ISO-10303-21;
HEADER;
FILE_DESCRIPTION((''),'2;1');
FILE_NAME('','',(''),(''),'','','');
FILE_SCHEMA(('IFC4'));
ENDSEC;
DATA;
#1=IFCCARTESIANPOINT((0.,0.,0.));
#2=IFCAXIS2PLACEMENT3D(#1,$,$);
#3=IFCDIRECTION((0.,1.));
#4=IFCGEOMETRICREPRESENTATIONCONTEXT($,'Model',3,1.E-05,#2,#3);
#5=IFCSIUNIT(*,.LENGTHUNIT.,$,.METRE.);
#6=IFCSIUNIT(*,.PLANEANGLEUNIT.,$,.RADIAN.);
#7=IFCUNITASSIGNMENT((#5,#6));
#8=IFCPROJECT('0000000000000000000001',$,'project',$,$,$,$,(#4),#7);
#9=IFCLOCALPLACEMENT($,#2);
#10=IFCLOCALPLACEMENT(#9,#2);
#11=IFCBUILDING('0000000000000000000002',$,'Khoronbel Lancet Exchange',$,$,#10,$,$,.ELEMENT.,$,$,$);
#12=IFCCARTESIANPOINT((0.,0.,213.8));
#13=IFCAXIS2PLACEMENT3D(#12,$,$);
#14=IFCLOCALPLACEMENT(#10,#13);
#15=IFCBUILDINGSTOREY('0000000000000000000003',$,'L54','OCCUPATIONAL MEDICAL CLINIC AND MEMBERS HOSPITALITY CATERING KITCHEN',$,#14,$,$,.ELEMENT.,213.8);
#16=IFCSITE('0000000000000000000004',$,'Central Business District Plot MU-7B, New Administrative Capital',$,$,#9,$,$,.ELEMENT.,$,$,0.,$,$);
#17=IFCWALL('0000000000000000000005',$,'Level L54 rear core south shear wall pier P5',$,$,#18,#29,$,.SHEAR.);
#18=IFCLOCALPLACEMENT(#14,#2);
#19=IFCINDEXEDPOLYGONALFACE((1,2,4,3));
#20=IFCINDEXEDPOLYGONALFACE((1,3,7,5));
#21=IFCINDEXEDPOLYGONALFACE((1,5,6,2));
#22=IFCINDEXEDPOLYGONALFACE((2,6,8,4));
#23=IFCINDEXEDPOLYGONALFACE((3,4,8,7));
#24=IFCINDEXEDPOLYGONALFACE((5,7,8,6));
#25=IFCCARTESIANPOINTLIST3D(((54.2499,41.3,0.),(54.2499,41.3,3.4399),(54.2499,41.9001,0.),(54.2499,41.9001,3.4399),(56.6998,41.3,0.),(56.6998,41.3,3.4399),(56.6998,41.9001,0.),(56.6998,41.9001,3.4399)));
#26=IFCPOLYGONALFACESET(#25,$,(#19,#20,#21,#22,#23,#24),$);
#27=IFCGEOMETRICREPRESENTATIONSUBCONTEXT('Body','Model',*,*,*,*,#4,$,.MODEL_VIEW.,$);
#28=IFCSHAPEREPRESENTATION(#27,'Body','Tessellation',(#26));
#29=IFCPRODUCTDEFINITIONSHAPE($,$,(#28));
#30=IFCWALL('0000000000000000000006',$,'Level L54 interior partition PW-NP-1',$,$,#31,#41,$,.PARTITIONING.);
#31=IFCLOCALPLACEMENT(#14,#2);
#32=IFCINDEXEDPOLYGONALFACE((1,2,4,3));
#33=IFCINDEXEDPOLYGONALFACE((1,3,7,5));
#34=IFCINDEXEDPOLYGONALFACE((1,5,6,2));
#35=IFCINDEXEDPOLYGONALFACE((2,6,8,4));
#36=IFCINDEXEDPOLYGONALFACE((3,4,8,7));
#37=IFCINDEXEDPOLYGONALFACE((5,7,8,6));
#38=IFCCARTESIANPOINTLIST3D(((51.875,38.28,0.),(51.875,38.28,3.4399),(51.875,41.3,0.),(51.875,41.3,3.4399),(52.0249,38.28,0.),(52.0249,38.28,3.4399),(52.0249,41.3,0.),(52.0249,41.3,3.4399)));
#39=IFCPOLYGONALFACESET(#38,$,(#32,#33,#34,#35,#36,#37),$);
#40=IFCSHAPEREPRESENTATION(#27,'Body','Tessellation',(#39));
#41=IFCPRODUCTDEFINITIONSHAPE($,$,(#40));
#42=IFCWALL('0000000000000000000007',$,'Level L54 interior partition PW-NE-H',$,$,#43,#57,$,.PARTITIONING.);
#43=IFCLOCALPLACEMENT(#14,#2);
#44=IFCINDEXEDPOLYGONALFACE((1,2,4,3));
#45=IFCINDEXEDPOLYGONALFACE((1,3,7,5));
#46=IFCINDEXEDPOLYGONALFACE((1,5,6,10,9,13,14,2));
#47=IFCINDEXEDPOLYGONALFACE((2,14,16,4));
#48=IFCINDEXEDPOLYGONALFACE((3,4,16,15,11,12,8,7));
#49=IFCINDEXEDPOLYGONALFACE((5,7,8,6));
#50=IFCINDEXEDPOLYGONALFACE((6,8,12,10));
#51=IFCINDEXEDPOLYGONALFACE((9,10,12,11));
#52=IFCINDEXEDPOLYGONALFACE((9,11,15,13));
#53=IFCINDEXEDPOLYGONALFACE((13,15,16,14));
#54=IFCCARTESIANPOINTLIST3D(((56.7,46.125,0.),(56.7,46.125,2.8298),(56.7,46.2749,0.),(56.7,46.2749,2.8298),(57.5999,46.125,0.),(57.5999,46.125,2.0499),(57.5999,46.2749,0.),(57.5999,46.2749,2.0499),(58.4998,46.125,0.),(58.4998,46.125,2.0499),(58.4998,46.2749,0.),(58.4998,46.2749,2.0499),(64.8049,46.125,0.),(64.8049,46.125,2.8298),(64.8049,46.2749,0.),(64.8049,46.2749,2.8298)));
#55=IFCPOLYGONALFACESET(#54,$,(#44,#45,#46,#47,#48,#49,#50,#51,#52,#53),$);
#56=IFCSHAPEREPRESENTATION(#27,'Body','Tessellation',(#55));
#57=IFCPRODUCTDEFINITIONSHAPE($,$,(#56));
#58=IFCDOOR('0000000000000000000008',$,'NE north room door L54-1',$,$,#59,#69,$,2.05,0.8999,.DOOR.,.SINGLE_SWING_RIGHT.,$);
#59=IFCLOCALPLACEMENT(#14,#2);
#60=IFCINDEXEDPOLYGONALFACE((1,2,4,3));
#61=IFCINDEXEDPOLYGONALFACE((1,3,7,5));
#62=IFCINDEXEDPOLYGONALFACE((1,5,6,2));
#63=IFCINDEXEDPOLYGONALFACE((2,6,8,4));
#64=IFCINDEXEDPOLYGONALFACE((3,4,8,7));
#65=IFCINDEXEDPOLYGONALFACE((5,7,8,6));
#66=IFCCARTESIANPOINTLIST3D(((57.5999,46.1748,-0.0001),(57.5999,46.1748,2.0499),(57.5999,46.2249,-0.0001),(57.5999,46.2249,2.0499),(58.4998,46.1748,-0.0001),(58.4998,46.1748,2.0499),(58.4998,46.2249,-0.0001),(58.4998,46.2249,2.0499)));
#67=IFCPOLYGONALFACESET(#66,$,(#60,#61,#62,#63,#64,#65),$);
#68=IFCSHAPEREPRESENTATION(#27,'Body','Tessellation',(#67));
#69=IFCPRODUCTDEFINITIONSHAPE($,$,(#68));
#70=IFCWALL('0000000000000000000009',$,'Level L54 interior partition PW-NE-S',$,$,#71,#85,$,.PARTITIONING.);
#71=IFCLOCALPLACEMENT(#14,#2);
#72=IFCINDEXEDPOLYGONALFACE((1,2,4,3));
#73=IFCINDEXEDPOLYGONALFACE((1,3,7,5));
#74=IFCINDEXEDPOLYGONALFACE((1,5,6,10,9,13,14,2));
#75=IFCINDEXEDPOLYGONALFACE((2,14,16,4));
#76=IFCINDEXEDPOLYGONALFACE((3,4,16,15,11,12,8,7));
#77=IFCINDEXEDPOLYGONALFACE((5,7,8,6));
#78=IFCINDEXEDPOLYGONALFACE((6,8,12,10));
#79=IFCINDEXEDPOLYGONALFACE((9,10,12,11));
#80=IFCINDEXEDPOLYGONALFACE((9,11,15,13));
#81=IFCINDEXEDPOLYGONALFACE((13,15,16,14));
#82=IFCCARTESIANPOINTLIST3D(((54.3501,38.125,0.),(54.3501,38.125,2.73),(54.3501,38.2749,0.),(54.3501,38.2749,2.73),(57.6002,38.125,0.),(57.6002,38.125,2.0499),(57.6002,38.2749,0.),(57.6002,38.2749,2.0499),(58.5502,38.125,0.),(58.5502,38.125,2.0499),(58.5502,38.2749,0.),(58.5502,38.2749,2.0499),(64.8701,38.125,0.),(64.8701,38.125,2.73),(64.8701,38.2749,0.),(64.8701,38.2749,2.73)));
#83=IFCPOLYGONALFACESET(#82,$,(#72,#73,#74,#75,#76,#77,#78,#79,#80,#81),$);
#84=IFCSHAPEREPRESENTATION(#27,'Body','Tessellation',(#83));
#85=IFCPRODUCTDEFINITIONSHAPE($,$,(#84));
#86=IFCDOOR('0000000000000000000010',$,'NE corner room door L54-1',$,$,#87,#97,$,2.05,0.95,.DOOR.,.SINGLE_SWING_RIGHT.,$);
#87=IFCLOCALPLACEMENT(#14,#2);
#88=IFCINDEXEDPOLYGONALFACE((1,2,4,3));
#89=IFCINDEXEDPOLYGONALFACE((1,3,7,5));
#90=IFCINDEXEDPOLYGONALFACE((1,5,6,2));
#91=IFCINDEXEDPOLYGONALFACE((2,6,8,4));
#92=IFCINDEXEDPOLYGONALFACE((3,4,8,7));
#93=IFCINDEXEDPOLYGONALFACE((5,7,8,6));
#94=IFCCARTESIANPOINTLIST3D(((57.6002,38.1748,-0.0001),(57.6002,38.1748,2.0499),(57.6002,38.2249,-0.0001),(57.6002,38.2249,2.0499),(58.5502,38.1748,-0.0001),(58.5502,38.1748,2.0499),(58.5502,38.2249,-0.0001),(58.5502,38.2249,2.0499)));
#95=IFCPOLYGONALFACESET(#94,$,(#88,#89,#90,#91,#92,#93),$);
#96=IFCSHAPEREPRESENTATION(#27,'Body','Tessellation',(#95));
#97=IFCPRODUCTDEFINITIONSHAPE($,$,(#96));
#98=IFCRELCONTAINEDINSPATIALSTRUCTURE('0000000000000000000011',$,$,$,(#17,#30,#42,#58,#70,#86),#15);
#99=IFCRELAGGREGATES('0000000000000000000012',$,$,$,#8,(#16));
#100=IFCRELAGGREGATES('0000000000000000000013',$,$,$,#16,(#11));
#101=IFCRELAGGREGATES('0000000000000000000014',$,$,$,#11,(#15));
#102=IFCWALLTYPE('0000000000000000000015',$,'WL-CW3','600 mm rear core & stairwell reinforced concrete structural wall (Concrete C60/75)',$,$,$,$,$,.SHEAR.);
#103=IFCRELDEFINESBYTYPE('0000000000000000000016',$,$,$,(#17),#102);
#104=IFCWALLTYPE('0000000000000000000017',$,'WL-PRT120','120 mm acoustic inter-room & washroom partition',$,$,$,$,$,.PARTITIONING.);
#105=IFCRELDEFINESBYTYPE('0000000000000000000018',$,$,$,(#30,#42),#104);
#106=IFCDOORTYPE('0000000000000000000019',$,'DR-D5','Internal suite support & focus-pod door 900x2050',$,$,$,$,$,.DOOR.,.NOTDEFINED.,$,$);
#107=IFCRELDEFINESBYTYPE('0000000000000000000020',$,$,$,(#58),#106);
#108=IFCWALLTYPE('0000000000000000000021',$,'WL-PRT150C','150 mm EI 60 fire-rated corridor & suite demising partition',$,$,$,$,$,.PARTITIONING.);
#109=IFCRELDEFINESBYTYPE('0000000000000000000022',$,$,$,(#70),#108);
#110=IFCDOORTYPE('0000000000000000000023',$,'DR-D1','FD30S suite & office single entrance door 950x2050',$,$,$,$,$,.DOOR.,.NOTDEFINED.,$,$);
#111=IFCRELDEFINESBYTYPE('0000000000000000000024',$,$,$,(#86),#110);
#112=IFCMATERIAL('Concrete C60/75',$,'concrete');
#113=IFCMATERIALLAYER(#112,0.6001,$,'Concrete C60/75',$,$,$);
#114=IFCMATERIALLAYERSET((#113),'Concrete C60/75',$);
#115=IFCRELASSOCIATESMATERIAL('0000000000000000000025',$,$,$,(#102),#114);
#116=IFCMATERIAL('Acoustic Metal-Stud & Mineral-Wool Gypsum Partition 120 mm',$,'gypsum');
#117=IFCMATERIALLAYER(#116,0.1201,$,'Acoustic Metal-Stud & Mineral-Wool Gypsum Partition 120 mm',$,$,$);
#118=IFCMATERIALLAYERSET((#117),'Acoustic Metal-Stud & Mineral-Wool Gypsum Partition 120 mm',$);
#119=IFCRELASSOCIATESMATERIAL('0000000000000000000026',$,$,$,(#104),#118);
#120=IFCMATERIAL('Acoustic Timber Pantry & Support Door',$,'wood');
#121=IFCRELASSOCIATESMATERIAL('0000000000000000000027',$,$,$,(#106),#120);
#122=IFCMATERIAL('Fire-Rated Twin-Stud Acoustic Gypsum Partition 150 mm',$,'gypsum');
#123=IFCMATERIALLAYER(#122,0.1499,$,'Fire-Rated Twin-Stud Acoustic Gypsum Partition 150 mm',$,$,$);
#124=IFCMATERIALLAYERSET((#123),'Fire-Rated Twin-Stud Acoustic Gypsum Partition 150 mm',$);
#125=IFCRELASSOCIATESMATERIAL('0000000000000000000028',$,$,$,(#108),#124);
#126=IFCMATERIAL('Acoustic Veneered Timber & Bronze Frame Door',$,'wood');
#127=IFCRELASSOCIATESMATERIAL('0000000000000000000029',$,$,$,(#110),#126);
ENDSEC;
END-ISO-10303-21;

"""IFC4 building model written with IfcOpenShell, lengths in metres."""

from ifc_helpers import new_model, si_unit, direction, frame, frame_2d, origin, place, context, subcontext, project, spatial, rectangle, extrude, material, layer, layer_set, type_object, element, fill, save


model = new_model("IFC4")

# Units and contexts
model_context = context("Model", 3, precision=1e-05, world=origin(), true_north=direction((0.0, 1.0)))
body_context = subcontext(model_context, "Body", "Model", "MODEL_VIEW")
ifc_project = project(units=[si_unit("LENGTHUNIT", "METRE"), si_unit("PLANEANGLEUNIT", "RADIAN")], contexts=[model_context])

# Site, building, storey
site_placement = place(None, origin())
site = spatial("IfcSite", under=ifc_project, at=site_placement, Name="Central Business District Plot MU-7B, New Administrative Capital", CompositionType="ELEMENT", RefElevation=0.0)
building_placement = place(site_placement, origin())
building = spatial("IfcBuilding", under=site, at=building_placement, Name="Khoronbel Lancet Exchange", CompositionType="ELEMENT")
storey_placement = place(building_placement, frame((0.0, 0.0, 213.8)))
storey = spatial("IfcBuildingStorey", under=building, at=storey_placement, Name="L54", Description="OCCUPATIONAL MEDICAL CLINIC AND MEMBERS HOSPITALITY CATERING KITCHEN", CompositionType="ELEMENT", Elevation=213.8)

# Shared definitions
ifc_material_1 = material(Name="Concrete C60/75", Category="concrete")

# Walls
ifc_layer_1 = layer(ifc_material_1, 0.6001, Name="Concrete C60/75")
ifc_layer_set_1 = layer_set([ifc_layer_1], Name="Concrete C60/75")
wall_type_1 = type_object("IfcWallType", Name="WL-CW3", Description="600 mm rear core & stairwell reinforced concrete structural wall (Concrete C60/75)", PredefinedType="SHEAR", material=ifc_layer_set_1)
wall_1_placement = place(storey_placement, frame((56.7, 41.6001, 0.0), z_axis=(0.0, 0.0, 1.0), x_axis=(-1.0, 0.0, 0.0)))
element("IfcWall", 1, at=wall_1_placement, inside=storey, type_object=wall_type_1, Name="Level L54 rear core south shear wall pier P5", PredefinedType="SHEAR", context=body_context, shape_type="SweptSolid", body=[
    extrude(rectangle(XDim=2.45, YDim=0.6001, at=frame_2d((1.2251, 0.0))), origin(), (0.0, 0.0, 1.0), 3.4399),
])
ifc_material_2 = material(Name="Acoustic Metal-Stud & Mineral-Wool Gypsum Partition 120 mm", Category="gypsum")
ifc_layer_2 = layer(ifc_material_2, 0.1201, Name="Acoustic Metal-Stud & Mineral-Wool Gypsum Partition 120 mm")
ifc_layer_set_2 = layer_set([ifc_layer_2], Name="Acoustic Metal-Stud & Mineral-Wool Gypsum Partition 120 mm")
wall_type_2 = type_object("IfcWallType", Name="WL-PRT120", Description="120 mm acoustic inter-room & washroom partition", PredefinedType="PARTITIONING", material=ifc_layer_set_2)
wall_2_placement = place(storey_placement, frame((51.95, 38.28, 0.0), z_axis=(0.0, 0.0, 1.0), x_axis=(0.0, 1.0, 0.0)))
element("IfcWall", 2, at=wall_2_placement, inside=storey, type_object=wall_type_2, Name="Level L54 interior partition PW-NP-1", PredefinedType="PARTITIONING", context=body_context, shape_type="SweptSolid", body=[
    extrude(rectangle(XDim=3.02, YDim=0.1499, at=frame_2d((1.51, 0.0))), origin(), (0.0, 0.0, 1.0), 3.4399),
])

# Walls, openings, doors
wall_3_placement = place(storey_placement, frame((56.7, 46.2, 0.0), z_axis=(0.0, 0.0, 1.0), x_axis=(1.0, 0.0, 0.0)))
wall_3 = element("IfcWall", 3, at=wall_3_placement, inside=storey, type_object=wall_type_2, Name="Level L54 interior partition PW-NE-H", PredefinedType="PARTITIONING", context=body_context, shape_type="SweptSolid", body=[
    extrude(rectangle(XDim=8.105, YDim=0.1499, at=frame_2d((4.0525, 0.0))), origin(), (0.0, 0.0, 1.0), 2.8298),
])
opening_1_placement = place(wall_3_placement, frame((0.8999, 0.0, 0.0)))
opening_1 = element("IfcOpeningElement", 4, at=opening_1_placement, cuts=wall_3, PredefinedType="OPENING", context=body_context, shape_type="SweptSolid", body=[
    extrude(rectangle(XDim=0.8999, YDim=2.05, at=frame_2d((0.45, 1.0249))), frame((0.0, 0.085, 0.0), z_axis=(0.0, -1.0, 0.0), x_axis=(1.0, 0.0, 0.0)), (0.0, 0.0, 1.0), 0.1699),
])
ifc_material_3 = material(Name="Acoustic Timber Pantry & Support Door", Category="wood")
door_type_1 = type_object("IfcDoorType", Name="DR-D5", Description="Internal suite support & focus-pod door 900x2050", OperationType="NOTDEFINED", PredefinedType="DOOR", material=ifc_material_3)
door_1_placement = place(opening_1_placement, origin())
door_1 = element("IfcDoor", 5, at=door_1_placement, inside=storey, type_object=door_type_1, Name="NE north room door L54-1", OperationType="SINGLE_SWING_RIGHT", OverallHeight=2.05, OverallWidth=0.8999, PredefinedType="DOOR", context=body_context, shape_type="SweptSolid", body=[
    extrude(rectangle(XDim=0.8999, YDim=2.05, at=frame_2d((0.45, 1.0249))), frame((0.0, 0.0249, 0.0), z_axis=(0.0, -1.0, 0.0), x_axis=(1.0, 0.0, 0.0)), (0.0, 0.0, 1.0), 0.05),
])
fill(opening_1, door_1)
ifc_material_4 = material(Name="Fire-Rated Twin-Stud Acoustic Gypsum Partition 150 mm", Category="gypsum")
ifc_layer_3 = layer(ifc_material_4, 0.1499, Name="Fire-Rated Twin-Stud Acoustic Gypsum Partition 150 mm")
ifc_layer_set_3 = layer_set([ifc_layer_3], Name="Fire-Rated Twin-Stud Acoustic Gypsum Partition 150 mm")
wall_type_3 = type_object("IfcWallType", Name="WL-PRT150C", Description="150 mm EI 60 fire-rated corridor & suite demising partition", PredefinedType="PARTITIONING", material=ifc_layer_set_3)
wall_4_placement = place(storey_placement, frame((54.3501, 38.2, 0.0), z_axis=(0.0, 0.0, 1.0), x_axis=(1.0, 0.0, 0.0)))
wall_4 = element("IfcWall", 6, at=wall_4_placement, inside=storey, type_object=wall_type_3, Name="Level L54 interior partition PW-NE-S", PredefinedType="PARTITIONING", context=body_context, shape_type="SweptSolid", body=[
    extrude(rectangle(XDim=10.52, YDim=0.1499, at=frame_2d((5.26, 0.0))), origin(), (0.0, 0.0, 1.0), 2.73),
])
opening_2_placement = place(wall_4_placement, frame((3.25, 0.0, 0.0)))
opening_2 = element("IfcOpeningElement", 7, at=opening_2_placement, cuts=wall_4, PredefinedType="OPENING", context=body_context, shape_type="SweptSolid", body=[
    extrude(rectangle(XDim=0.95, YDim=2.05, at=frame_2d((0.4751, 1.0249))), frame((0.0, 0.085, 0.0), z_axis=(0.0, -1.0, 0.0), x_axis=(1.0, 0.0, 0.0)), (0.0, 0.0, 1.0), 0.1699),
])
ifc_material_5 = material(Name="Acoustic Veneered Timber & Bronze Frame Door", Category="wood")
door_type_2 = type_object("IfcDoorType", Name="DR-D1", Description="FD30S suite & office single entrance door 950x2050", OperationType="NOTDEFINED", PredefinedType="DOOR", material=ifc_material_5)
door_2_placement = place(opening_2_placement, origin())
door_2 = element("IfcDoor", 8, at=door_2_placement, inside=storey, type_object=door_type_2, Name="NE corner room door L54-1", OperationType="SINGLE_SWING_RIGHT", OverallHeight=2.05, OverallWidth=0.95, PredefinedType="DOOR", context=body_context, shape_type="SweptSolid", body=[
    extrude(rectangle(XDim=0.95, YDim=2.05, at=frame_2d((0.4751, 1.0249))), frame((0.0, 0.0249, 0.0), z_axis=(0.0, -1.0, 0.0), x_axis=(1.0, 0.0, 0.0)), (0.0, 0.0, 1.0), 0.05),
])
fill(opening_2, door_2)

save(model, "model.ifc")
